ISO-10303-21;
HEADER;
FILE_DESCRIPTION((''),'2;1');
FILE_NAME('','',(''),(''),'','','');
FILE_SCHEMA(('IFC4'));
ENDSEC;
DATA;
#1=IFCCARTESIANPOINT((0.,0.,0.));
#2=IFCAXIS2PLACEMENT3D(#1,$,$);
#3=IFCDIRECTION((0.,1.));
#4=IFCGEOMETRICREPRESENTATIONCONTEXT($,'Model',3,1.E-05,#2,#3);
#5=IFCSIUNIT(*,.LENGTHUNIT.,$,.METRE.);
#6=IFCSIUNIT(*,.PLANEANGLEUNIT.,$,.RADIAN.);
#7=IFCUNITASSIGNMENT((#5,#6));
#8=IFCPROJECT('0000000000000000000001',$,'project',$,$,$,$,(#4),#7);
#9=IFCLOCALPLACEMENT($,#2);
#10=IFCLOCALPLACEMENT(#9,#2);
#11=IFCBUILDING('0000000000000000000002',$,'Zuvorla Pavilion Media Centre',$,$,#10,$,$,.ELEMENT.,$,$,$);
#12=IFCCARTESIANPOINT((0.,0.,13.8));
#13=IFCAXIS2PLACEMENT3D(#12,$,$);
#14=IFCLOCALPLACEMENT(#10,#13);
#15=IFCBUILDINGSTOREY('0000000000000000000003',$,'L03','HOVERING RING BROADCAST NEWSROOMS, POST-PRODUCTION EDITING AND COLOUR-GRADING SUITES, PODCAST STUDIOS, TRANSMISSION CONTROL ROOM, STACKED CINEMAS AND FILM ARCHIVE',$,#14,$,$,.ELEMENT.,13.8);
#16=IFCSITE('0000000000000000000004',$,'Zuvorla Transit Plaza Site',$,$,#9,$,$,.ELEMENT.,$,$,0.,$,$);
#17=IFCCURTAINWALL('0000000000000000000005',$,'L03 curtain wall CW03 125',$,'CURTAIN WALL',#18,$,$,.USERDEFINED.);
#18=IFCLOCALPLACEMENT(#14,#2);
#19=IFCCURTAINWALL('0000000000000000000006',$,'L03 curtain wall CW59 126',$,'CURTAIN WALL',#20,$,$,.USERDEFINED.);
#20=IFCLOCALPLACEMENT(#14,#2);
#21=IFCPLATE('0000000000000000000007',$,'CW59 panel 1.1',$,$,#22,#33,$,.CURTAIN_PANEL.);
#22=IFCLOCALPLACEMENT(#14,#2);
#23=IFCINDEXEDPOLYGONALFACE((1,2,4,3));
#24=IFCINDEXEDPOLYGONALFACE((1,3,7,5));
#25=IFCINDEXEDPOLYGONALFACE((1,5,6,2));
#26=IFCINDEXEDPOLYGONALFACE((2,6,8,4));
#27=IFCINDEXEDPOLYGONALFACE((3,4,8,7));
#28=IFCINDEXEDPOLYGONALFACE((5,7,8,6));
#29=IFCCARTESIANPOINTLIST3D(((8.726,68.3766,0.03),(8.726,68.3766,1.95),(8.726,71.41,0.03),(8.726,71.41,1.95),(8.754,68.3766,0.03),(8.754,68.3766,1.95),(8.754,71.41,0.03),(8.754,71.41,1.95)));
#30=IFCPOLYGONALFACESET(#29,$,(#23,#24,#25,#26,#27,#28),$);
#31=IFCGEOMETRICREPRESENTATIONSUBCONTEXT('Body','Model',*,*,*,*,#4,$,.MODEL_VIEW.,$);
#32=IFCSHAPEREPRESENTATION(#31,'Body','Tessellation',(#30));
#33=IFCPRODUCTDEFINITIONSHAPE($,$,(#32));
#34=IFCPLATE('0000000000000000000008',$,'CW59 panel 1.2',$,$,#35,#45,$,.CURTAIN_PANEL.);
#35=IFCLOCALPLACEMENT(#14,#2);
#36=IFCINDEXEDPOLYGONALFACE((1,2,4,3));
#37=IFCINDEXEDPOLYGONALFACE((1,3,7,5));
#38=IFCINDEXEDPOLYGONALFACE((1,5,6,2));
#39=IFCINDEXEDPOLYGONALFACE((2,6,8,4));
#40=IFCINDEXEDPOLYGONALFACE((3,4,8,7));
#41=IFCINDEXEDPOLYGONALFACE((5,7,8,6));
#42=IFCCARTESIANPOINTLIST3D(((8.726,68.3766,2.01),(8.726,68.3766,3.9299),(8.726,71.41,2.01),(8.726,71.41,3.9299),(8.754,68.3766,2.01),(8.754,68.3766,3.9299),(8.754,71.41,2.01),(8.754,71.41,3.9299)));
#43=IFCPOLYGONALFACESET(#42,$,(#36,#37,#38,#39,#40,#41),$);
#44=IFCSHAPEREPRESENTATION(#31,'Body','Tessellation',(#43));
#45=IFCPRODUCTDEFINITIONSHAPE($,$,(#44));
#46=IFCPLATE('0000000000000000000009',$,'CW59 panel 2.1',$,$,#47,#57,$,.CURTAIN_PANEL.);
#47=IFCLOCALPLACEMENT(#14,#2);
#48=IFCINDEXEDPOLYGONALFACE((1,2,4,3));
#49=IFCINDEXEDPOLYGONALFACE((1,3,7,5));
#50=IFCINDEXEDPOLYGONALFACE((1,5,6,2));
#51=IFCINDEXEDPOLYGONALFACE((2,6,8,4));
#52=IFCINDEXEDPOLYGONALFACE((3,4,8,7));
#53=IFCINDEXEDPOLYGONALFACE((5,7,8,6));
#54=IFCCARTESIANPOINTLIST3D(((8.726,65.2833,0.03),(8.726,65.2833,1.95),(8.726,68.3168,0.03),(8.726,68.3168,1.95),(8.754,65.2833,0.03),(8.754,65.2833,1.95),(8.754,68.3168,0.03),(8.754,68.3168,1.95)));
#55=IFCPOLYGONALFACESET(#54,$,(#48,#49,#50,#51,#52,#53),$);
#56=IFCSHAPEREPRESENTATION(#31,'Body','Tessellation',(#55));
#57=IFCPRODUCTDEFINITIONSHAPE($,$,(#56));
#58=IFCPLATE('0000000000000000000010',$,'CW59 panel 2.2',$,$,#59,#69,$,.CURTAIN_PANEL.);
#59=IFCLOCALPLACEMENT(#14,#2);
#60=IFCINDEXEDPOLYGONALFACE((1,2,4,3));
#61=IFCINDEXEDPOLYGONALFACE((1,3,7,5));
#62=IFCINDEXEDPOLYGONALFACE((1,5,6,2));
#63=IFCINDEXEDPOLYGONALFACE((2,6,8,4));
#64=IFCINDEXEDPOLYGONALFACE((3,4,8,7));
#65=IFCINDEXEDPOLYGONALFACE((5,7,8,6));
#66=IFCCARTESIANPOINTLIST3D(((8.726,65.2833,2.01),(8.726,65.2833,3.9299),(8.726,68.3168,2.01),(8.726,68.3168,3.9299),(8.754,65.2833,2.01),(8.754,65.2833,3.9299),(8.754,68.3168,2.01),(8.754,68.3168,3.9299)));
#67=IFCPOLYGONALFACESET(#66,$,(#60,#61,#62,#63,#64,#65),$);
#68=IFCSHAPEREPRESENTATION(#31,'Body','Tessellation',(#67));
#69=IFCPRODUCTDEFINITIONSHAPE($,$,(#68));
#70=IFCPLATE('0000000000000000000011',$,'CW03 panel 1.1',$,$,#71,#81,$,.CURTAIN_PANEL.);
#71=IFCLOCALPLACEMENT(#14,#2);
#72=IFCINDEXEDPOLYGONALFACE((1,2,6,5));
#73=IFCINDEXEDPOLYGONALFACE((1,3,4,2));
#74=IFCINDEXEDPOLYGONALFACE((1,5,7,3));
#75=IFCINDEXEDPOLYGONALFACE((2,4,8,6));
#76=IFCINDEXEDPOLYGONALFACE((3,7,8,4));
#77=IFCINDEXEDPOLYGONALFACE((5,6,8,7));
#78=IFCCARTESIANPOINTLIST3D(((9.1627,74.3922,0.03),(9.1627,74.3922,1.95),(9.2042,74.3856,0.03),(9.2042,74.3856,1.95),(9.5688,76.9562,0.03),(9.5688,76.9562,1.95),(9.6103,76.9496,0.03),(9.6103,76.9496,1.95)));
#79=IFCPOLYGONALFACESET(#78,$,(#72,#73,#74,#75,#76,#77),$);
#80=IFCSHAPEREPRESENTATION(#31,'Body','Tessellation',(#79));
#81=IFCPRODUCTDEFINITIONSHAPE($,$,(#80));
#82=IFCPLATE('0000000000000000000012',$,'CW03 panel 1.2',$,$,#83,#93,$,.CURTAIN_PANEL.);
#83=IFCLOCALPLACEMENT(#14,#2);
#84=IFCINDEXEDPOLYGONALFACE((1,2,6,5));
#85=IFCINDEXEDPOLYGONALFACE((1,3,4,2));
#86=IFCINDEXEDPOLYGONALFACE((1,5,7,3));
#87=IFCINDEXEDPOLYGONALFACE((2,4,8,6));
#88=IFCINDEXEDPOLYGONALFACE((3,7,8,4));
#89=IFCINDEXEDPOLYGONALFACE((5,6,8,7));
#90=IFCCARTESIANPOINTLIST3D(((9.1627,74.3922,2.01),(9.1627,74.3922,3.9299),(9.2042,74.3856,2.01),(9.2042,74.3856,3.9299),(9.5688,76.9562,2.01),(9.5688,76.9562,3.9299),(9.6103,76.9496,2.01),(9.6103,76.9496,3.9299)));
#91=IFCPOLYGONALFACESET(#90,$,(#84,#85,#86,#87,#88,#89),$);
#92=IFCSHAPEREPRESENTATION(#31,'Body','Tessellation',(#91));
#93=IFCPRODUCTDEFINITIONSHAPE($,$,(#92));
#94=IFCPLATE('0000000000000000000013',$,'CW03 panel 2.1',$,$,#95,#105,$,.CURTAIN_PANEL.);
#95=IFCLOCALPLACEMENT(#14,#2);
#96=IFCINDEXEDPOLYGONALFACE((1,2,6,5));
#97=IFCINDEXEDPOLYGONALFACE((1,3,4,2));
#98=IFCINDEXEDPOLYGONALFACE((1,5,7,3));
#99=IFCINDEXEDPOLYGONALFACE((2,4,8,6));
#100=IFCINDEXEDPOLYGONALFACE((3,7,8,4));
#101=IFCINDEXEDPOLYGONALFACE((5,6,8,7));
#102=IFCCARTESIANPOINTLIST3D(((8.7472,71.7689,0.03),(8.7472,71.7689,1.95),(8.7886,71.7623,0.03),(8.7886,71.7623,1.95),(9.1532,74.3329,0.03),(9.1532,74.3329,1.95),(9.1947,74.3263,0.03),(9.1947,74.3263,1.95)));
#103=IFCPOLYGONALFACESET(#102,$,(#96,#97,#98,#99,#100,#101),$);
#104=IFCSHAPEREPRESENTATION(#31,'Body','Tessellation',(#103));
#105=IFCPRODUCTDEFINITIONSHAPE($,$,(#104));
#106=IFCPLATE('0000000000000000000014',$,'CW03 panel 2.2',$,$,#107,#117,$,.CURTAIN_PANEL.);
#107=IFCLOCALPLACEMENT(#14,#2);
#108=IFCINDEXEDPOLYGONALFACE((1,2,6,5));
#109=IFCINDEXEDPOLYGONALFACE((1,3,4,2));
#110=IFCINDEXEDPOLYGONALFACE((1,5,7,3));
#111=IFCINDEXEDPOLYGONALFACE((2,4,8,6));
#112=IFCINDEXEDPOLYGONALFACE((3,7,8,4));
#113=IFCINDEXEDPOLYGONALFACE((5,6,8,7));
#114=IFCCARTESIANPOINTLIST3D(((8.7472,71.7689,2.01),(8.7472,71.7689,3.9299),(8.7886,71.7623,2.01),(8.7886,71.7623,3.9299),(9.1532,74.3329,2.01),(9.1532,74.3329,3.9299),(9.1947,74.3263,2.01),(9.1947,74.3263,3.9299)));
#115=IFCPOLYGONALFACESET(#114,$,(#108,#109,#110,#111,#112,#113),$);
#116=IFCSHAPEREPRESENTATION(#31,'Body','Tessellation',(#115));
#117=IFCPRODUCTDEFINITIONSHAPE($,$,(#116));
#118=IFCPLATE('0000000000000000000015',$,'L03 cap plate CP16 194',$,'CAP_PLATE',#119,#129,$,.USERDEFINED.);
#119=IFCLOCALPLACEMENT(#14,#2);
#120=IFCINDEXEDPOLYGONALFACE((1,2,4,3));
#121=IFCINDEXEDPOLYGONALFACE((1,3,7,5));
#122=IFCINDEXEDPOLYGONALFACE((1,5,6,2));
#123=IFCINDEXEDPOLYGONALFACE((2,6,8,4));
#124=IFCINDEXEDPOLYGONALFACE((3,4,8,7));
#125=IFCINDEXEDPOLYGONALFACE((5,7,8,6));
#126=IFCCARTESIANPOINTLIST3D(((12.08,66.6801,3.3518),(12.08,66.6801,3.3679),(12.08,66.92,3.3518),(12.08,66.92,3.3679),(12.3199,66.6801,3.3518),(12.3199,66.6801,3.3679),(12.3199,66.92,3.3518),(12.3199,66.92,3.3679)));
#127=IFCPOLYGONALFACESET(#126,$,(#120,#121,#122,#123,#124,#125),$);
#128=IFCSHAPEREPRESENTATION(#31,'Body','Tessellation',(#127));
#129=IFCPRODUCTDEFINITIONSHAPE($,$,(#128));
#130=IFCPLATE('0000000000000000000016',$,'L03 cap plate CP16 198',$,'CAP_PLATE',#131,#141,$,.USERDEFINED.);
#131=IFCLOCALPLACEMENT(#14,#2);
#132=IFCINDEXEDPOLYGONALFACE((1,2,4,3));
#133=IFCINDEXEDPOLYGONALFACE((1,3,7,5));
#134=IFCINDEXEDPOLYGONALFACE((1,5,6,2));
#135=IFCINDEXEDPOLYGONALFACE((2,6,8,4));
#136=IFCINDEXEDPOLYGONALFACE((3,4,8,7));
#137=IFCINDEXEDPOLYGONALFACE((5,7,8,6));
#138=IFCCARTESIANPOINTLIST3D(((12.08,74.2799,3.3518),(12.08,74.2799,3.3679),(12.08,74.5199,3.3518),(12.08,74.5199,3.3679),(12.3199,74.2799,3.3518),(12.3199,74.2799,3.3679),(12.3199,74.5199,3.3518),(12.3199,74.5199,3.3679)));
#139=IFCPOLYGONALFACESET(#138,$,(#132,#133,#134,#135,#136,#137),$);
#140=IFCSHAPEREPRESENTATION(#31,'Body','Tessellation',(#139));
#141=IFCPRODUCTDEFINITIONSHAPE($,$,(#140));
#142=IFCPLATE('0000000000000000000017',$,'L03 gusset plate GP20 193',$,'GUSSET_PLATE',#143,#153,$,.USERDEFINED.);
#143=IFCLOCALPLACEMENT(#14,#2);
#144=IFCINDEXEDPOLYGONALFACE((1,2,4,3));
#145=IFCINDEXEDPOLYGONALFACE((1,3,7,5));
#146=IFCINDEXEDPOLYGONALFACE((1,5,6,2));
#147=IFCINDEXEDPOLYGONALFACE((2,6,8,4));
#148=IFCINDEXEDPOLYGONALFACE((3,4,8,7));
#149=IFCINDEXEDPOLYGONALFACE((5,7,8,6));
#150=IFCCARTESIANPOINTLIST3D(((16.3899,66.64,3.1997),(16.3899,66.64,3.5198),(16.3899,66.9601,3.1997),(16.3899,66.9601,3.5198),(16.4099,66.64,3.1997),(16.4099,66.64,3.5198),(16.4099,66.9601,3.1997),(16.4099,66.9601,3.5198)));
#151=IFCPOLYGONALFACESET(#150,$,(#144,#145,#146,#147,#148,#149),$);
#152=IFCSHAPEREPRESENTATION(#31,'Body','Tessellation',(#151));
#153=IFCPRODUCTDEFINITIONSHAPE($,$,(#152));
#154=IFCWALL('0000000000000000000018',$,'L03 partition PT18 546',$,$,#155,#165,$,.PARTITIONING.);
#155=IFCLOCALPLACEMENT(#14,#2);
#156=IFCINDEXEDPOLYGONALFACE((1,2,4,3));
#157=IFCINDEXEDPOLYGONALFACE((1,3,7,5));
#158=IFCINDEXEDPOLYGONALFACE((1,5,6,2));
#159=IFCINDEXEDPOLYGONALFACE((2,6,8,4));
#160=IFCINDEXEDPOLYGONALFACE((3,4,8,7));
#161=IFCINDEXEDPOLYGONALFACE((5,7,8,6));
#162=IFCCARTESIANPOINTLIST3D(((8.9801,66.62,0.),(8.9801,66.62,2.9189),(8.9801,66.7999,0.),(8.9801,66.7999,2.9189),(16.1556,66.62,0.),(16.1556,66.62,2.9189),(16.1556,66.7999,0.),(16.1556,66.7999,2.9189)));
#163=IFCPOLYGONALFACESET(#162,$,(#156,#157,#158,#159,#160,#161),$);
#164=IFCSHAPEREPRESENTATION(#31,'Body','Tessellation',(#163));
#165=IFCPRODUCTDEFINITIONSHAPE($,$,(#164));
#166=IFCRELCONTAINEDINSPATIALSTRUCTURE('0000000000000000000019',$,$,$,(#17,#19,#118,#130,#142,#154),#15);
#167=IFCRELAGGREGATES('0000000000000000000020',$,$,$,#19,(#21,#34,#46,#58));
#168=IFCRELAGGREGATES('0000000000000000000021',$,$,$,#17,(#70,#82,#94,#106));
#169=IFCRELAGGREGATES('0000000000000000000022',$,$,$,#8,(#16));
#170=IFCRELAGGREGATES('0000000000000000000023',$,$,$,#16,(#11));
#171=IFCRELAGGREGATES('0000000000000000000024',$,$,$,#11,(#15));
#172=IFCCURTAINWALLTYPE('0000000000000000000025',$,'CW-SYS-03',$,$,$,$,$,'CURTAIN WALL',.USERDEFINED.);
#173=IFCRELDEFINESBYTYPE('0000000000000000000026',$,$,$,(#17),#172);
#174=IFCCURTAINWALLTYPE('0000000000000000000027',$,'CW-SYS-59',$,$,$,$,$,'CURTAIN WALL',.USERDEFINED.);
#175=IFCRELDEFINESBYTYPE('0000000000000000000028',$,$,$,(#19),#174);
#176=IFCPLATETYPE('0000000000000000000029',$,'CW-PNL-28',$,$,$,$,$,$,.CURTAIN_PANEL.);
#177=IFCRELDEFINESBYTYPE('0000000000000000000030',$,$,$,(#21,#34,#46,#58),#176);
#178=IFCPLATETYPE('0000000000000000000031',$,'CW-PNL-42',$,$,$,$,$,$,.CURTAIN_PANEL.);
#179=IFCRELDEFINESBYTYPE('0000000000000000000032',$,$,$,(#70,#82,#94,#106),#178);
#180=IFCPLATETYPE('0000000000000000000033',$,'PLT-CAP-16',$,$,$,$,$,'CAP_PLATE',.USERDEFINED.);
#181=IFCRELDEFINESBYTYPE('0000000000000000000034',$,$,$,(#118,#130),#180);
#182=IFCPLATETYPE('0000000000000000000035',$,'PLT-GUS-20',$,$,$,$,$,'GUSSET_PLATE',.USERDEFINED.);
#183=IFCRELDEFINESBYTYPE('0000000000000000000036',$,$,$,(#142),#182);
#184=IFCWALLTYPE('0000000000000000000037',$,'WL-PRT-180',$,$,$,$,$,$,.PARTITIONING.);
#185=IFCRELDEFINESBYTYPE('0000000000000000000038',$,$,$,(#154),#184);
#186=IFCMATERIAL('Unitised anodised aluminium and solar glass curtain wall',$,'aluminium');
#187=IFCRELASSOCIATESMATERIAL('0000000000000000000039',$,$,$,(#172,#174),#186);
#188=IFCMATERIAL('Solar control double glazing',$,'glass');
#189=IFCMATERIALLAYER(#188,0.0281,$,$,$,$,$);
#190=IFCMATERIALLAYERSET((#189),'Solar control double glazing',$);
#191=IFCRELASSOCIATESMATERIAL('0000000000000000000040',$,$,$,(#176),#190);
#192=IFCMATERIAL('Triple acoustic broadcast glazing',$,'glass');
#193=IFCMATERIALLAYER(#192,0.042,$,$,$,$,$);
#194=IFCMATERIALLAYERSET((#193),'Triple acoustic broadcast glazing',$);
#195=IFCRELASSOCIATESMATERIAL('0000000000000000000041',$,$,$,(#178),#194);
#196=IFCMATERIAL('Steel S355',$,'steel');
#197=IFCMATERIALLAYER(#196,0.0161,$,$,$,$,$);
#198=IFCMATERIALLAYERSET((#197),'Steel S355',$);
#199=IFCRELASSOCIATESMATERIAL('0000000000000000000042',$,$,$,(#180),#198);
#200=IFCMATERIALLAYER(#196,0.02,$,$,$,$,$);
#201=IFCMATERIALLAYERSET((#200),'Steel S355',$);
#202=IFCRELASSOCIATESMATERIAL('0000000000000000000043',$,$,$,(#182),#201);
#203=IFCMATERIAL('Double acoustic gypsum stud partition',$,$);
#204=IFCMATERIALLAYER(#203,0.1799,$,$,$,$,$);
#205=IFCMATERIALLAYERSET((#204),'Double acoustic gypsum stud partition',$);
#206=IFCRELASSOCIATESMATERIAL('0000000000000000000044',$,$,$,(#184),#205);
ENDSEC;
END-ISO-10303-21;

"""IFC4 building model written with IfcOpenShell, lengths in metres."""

from ifc_helpers import new_model, si_unit, direction, frame, frame_2d, origin, origin_2d, place, context, subcontext, project, spatial, rectangle, extrude, material, layer, layer_set, type_object, element, aggregate, save


model = new_model("IFC4")

# Units and contexts
model_context = context("Model", 3, precision=1e-05, world=origin(), true_north=direction((0.0, 1.0)))
body_context = subcontext(model_context, "Body", "Model", "MODEL_VIEW")
ifc_project = project(units=[si_unit("LENGTHUNIT", "METRE"), si_unit("PLANEANGLEUNIT", "RADIAN")], contexts=[model_context])

# Site, building, storey
site_placement = place(None, origin())
site = spatial("IfcSite", under=ifc_project, at=site_placement, Name="Zuvorla Transit Plaza Site", CompositionType="ELEMENT", RefElevation=0.0)
building_placement = place(site_placement, origin())
building = spatial("IfcBuilding", under=site, at=building_placement, Name="Zuvorla Pavilion Media Centre", CompositionType="ELEMENT")
storey_placement = place(building_placement, frame((0.0, 0.0, 13.8)))
storey = spatial("IfcBuildingStorey", under=building, at=storey_placement, Name="L03", Description="HOVERING RING BROADCAST NEWSROOMS, POST-PRODUCTION EDITING AND COLOUR-GRADING SUITES, PODCAST STUDIOS, TRANSMISSION CONTROL ROOM, STACKED CINEMAS AND FILM ARCHIVE", CompositionType="ELEMENT", Elevation=13.8)

# Shared definitions
ifc_material_1 = material(Name="Steel S355", Category="steel")

# Curtain walls
ifc_material_2 = material(Name="Unitised anodised aluminium and solar glass curtain wall", Category="aluminium")
curtain_wall_type_1 = type_object("IfcCurtainWallType", Name="CW-SYS-03", ElementType="CURTAIN WALL", PredefinedType="USERDEFINED", material=ifc_material_2)
curtain_wall_1_placement = place(storey_placement, origin())
curtain_wall_1 = element("IfcCurtainWall", 1, at=curtain_wall_1_placement, inside=storey, type_object=curtain_wall_type_1, Name="L03 curtain wall CW03 125", ObjectType="CURTAIN WALL", PredefinedType="USERDEFINED")
curtain_wall_type_2 = type_object("IfcCurtainWallType", Name="CW-SYS-59", ElementType="CURTAIN WALL", PredefinedType="USERDEFINED", material=ifc_material_2)
curtain_wall_2_placement = place(storey_placement, origin())
curtain_wall_2 = element("IfcCurtainWall", 2, at=curtain_wall_2_placement, inside=storey, type_object=curtain_wall_type_2, Name="L03 curtain wall CW59 126", ObjectType="CURTAIN WALL", PredefinedType="USERDEFINED")

# Plates
ifc_material_3 = material(Name="Solar control double glazing", Category="glass")
ifc_layer_1 = layer(ifc_material_3, 0.0281)
ifc_layer_set_1 = layer_set([ifc_layer_1], Name="Solar control double glazing")
plate_type_1 = type_object("IfcPlateType", Name="CW-PNL-28", PredefinedType="CURTAIN_PANEL", material=ifc_layer_set_1)
plate_1_placement = place(storey_placement, frame((8.74, 69.8933, 0.03), z_axis=(0.0, 0.0, 1.0), x_axis=(0.0, -1.0, 0.0)))
plate_1 = element("IfcPlate", 3, at=plate_1_placement, type_object=plate_type_1, Name="CW59 panel 1.1", PredefinedType="CURTAIN_PANEL", context=body_context, shape_type="SweptSolid", body=[
    extrude(rectangle(XDim=3.0334, YDim=0.0281, at=origin_2d()), origin(), (0.0, 0.0, 1.0), 1.9199),
])
plate_2_placement = place(storey_placement, frame((8.74, 69.8933, 2.01), z_axis=(0.0, 0.0, 1.0), x_axis=(0.0, -1.0, 0.0)))
plate_2 = element("IfcPlate", 4, at=plate_2_placement, type_object=plate_type_1, Name="CW59 panel 1.2", PredefinedType="CURTAIN_PANEL", context=body_context, shape_type="SweptSolid", body=[
    extrude(rectangle(XDim=3.0334, YDim=0.0281, at=origin_2d()), origin(), (0.0, 0.0, 1.0), 1.9199),
])
plate_3_placement = place(storey_placement, frame((8.74, 66.8, 0.03), z_axis=(0.0, 0.0, 1.0), x_axis=(0.0, -1.0, 0.0)))
plate_3 = element("IfcPlate", 5, at=plate_3_placement, type_object=plate_type_1, Name="CW59 panel 2.1", PredefinedType="CURTAIN_PANEL", context=body_context, shape_type="SweptSolid", body=[
    extrude(rectangle(XDim=3.0334, YDim=0.0281, at=origin_2d()), origin(), (0.0, 0.0, 1.0), 1.9199),
])
plate_4_placement = place(storey_placement, frame((8.74, 66.8, 2.01), z_axis=(0.0, 0.0, 1.0), x_axis=(0.0, -1.0, 0.0)))
plate_4 = element("IfcPlate", 6, at=plate_4_placement, type_object=plate_type_1, Name="CW59 panel 2.2", PredefinedType="CURTAIN_PANEL", context=body_context, shape_type="SweptSolid", body=[
    extrude(rectangle(XDim=3.0334, YDim=0.0281, at=origin_2d()), origin(), (0.0, 0.0, 1.0), 1.9199),
])
aggregate(curtain_wall_2, [plate_1, plate_2, plate_3, plate_4])
ifc_material_4 = material(Name="Triple acoustic broadcast glazing", Category="glass")
ifc_layer_2 = layer(ifc_material_4, 0.042)
ifc_layer_set_2 = layer_set([ifc_layer_2], Name="Triple acoustic broadcast glazing")
plate_type_2 = type_object("IfcPlateType", Name="CW-PNL-42", PredefinedType="CURTAIN_PANEL", material=ifc_layer_set_2)
plate_5_placement = place(storey_placement, frame((9.3865, 75.6709, 0.03), z_axis=(0.0, 0.0, 1.0), x_axis=(-0.156429, -0.987689, 0.0)))
plate_5 = element("IfcPlate", 7, at=plate_5_placement, type_object=plate_type_2, Name="CW03 panel 1.1", PredefinedType="CURTAIN_PANEL", context=body_context, shape_type="SweptSolid", body=[
    extrude(rectangle(XDim=2.5959, YDim=0.042, at=origin_2d()), origin(), (0.0, 0.0, 1.0), 1.9199),
])
plate_6_placement = place(storey_placement, frame((9.3865, 75.6709, 2.01), z_axis=(0.0, 0.0, 1.0), x_axis=(-0.156429, -0.987689, 0.0)))
plate_6 = element("IfcPlate", 8, at=plate_6_placement, type_object=plate_type_2, Name="CW03 panel 1.2", PredefinedType="CURTAIN_PANEL", context=body_context, shape_type="SweptSolid", body=[
    extrude(rectangle(XDim=2.5959, YDim=0.042, at=origin_2d()), origin(), (0.0, 0.0, 1.0), 1.9199),
])
plate_7_placement = place(storey_placement, frame((8.9709, 73.0476, 0.03), z_axis=(0.0, 0.0, 1.0), x_axis=(-0.156429, -0.987689, 0.0)))
plate_7 = element("IfcPlate", 9, at=plate_7_placement, type_object=plate_type_2, Name="CW03 panel 2.1", PredefinedType="CURTAIN_PANEL", context=body_context, shape_type="SweptSolid", body=[
    extrude(rectangle(XDim=2.5959, YDim=0.042, at=origin_2d()), origin(), (0.0, 0.0, 1.0), 1.9199),
])
plate_8_placement = place(storey_placement, frame((8.9709, 73.0476, 2.01), z_axis=(0.0, 0.0, 1.0), x_axis=(-0.156429, -0.987689, 0.0)))
plate_8 = element("IfcPlate", 10, at=plate_8_placement, type_object=plate_type_2, Name="CW03 panel 2.2", PredefinedType="CURTAIN_PANEL", context=body_context, shape_type="SweptSolid", body=[
    extrude(rectangle(XDim=2.5959, YDim=0.042, at=origin_2d()), origin(), (0.0, 0.0, 1.0), 1.9199),
])
aggregate(curtain_wall_1, [plate_5, plate_6, plate_7, plate_8])

# Plates
ifc_layer_3 = layer(ifc_material_1, 0.0161)
ifc_layer_set_3 = layer_set([ifc_layer_3], Name="Steel S355")
plate_type_3 = type_object("IfcPlateType", Name="PLT-CAP-16", ElementType="CAP_PLATE", PredefinedType="USERDEFINED", material=ifc_layer_set_3)
for number, where, z_axis, x_axis, name in (
    (11, (12.2, 66.8, 3.3518), (0.0, 0.0, 1.0), (1.0, 0.0, 0.0), "L03 cap plate CP16 194"),
    (12, (12.2, 74.3999, 3.3518), (0.0, 0.0, 1.0), (1.0, 0.0, 0.0), "L03 cap plate CP16 198"),
):
    element("IfcPlate", number, at=place(storey_placement, frame(where, z_axis=z_axis, x_axis=x_axis)), inside=storey, type_object=plate_type_3, Name=name, ObjectType="CAP_PLATE", PredefinedType="USERDEFINED", context=body_context, shape_type="SweptSolid", body=[
        extrude(rectangle(XDim=0.24, YDim=0.24, at=origin_2d()), origin(), (0.0, 0.0, 1.0), 0.0161),
    ])
ifc_layer_4 = layer(ifc_material_1, 0.02)
ifc_layer_set_4 = layer_set([ifc_layer_4], Name="Steel S355")
plate_type_4 = type_object("IfcPlateType", Name="PLT-GUS-20", ElementType="GUSSET_PLATE", PredefinedType="USERDEFINED", material=ifc_layer_set_4)
plate_9_placement = place(storey_placement, frame((16.3999, 66.8, 3.1997), z_axis=(0.0, 0.0, 1.0), x_axis=(1.0, 0.0, 0.0)))
element("IfcPlate", 13, at=plate_9_placement, inside=storey, type_object=plate_type_4, Name="L03 gusset plate GP20 193", ObjectType="GUSSET_PLATE", PredefinedType="USERDEFINED", context=body_context, shape_type="SweptSolid", body=[
    extrude(rectangle(XDim=0.02, YDim=0.3201, at=origin_2d()), origin(), (0.0, 0.0, 1.0), 0.3201),
])

# Wall
ifc_material_5 = material(Name="Double acoustic gypsum stud partition")
ifc_layer_5 = layer(ifc_material_5, 0.1799)
ifc_layer_set_5 = layer_set([ifc_layer_5], Name="Double acoustic gypsum stud partition")
wall_type = type_object("IfcWallType", Name="WL-PRT-180", PredefinedType="PARTITIONING", material=ifc_layer_set_5)
wall_placement = place(storey_placement, frame((8.98, 66.71, 0.0), z_axis=(0.0, 0.0, 1.0), x_axis=(1.0, 0.0, 0.0)))
element("IfcWall", 14, at=wall_placement, inside=storey, type_object=wall_type, Name="L03 partition PT18 546", PredefinedType="PARTITIONING", context=body_context, shape_type="SweptSolid", body=[
    extrude(rectangle(XDim=7.1755, YDim=0.1799, at=frame_2d((3.5879, 0.0))), origin(), (0.0, 0.0, 1.0), 2.9189),
])

save(model, "model.ifc")
